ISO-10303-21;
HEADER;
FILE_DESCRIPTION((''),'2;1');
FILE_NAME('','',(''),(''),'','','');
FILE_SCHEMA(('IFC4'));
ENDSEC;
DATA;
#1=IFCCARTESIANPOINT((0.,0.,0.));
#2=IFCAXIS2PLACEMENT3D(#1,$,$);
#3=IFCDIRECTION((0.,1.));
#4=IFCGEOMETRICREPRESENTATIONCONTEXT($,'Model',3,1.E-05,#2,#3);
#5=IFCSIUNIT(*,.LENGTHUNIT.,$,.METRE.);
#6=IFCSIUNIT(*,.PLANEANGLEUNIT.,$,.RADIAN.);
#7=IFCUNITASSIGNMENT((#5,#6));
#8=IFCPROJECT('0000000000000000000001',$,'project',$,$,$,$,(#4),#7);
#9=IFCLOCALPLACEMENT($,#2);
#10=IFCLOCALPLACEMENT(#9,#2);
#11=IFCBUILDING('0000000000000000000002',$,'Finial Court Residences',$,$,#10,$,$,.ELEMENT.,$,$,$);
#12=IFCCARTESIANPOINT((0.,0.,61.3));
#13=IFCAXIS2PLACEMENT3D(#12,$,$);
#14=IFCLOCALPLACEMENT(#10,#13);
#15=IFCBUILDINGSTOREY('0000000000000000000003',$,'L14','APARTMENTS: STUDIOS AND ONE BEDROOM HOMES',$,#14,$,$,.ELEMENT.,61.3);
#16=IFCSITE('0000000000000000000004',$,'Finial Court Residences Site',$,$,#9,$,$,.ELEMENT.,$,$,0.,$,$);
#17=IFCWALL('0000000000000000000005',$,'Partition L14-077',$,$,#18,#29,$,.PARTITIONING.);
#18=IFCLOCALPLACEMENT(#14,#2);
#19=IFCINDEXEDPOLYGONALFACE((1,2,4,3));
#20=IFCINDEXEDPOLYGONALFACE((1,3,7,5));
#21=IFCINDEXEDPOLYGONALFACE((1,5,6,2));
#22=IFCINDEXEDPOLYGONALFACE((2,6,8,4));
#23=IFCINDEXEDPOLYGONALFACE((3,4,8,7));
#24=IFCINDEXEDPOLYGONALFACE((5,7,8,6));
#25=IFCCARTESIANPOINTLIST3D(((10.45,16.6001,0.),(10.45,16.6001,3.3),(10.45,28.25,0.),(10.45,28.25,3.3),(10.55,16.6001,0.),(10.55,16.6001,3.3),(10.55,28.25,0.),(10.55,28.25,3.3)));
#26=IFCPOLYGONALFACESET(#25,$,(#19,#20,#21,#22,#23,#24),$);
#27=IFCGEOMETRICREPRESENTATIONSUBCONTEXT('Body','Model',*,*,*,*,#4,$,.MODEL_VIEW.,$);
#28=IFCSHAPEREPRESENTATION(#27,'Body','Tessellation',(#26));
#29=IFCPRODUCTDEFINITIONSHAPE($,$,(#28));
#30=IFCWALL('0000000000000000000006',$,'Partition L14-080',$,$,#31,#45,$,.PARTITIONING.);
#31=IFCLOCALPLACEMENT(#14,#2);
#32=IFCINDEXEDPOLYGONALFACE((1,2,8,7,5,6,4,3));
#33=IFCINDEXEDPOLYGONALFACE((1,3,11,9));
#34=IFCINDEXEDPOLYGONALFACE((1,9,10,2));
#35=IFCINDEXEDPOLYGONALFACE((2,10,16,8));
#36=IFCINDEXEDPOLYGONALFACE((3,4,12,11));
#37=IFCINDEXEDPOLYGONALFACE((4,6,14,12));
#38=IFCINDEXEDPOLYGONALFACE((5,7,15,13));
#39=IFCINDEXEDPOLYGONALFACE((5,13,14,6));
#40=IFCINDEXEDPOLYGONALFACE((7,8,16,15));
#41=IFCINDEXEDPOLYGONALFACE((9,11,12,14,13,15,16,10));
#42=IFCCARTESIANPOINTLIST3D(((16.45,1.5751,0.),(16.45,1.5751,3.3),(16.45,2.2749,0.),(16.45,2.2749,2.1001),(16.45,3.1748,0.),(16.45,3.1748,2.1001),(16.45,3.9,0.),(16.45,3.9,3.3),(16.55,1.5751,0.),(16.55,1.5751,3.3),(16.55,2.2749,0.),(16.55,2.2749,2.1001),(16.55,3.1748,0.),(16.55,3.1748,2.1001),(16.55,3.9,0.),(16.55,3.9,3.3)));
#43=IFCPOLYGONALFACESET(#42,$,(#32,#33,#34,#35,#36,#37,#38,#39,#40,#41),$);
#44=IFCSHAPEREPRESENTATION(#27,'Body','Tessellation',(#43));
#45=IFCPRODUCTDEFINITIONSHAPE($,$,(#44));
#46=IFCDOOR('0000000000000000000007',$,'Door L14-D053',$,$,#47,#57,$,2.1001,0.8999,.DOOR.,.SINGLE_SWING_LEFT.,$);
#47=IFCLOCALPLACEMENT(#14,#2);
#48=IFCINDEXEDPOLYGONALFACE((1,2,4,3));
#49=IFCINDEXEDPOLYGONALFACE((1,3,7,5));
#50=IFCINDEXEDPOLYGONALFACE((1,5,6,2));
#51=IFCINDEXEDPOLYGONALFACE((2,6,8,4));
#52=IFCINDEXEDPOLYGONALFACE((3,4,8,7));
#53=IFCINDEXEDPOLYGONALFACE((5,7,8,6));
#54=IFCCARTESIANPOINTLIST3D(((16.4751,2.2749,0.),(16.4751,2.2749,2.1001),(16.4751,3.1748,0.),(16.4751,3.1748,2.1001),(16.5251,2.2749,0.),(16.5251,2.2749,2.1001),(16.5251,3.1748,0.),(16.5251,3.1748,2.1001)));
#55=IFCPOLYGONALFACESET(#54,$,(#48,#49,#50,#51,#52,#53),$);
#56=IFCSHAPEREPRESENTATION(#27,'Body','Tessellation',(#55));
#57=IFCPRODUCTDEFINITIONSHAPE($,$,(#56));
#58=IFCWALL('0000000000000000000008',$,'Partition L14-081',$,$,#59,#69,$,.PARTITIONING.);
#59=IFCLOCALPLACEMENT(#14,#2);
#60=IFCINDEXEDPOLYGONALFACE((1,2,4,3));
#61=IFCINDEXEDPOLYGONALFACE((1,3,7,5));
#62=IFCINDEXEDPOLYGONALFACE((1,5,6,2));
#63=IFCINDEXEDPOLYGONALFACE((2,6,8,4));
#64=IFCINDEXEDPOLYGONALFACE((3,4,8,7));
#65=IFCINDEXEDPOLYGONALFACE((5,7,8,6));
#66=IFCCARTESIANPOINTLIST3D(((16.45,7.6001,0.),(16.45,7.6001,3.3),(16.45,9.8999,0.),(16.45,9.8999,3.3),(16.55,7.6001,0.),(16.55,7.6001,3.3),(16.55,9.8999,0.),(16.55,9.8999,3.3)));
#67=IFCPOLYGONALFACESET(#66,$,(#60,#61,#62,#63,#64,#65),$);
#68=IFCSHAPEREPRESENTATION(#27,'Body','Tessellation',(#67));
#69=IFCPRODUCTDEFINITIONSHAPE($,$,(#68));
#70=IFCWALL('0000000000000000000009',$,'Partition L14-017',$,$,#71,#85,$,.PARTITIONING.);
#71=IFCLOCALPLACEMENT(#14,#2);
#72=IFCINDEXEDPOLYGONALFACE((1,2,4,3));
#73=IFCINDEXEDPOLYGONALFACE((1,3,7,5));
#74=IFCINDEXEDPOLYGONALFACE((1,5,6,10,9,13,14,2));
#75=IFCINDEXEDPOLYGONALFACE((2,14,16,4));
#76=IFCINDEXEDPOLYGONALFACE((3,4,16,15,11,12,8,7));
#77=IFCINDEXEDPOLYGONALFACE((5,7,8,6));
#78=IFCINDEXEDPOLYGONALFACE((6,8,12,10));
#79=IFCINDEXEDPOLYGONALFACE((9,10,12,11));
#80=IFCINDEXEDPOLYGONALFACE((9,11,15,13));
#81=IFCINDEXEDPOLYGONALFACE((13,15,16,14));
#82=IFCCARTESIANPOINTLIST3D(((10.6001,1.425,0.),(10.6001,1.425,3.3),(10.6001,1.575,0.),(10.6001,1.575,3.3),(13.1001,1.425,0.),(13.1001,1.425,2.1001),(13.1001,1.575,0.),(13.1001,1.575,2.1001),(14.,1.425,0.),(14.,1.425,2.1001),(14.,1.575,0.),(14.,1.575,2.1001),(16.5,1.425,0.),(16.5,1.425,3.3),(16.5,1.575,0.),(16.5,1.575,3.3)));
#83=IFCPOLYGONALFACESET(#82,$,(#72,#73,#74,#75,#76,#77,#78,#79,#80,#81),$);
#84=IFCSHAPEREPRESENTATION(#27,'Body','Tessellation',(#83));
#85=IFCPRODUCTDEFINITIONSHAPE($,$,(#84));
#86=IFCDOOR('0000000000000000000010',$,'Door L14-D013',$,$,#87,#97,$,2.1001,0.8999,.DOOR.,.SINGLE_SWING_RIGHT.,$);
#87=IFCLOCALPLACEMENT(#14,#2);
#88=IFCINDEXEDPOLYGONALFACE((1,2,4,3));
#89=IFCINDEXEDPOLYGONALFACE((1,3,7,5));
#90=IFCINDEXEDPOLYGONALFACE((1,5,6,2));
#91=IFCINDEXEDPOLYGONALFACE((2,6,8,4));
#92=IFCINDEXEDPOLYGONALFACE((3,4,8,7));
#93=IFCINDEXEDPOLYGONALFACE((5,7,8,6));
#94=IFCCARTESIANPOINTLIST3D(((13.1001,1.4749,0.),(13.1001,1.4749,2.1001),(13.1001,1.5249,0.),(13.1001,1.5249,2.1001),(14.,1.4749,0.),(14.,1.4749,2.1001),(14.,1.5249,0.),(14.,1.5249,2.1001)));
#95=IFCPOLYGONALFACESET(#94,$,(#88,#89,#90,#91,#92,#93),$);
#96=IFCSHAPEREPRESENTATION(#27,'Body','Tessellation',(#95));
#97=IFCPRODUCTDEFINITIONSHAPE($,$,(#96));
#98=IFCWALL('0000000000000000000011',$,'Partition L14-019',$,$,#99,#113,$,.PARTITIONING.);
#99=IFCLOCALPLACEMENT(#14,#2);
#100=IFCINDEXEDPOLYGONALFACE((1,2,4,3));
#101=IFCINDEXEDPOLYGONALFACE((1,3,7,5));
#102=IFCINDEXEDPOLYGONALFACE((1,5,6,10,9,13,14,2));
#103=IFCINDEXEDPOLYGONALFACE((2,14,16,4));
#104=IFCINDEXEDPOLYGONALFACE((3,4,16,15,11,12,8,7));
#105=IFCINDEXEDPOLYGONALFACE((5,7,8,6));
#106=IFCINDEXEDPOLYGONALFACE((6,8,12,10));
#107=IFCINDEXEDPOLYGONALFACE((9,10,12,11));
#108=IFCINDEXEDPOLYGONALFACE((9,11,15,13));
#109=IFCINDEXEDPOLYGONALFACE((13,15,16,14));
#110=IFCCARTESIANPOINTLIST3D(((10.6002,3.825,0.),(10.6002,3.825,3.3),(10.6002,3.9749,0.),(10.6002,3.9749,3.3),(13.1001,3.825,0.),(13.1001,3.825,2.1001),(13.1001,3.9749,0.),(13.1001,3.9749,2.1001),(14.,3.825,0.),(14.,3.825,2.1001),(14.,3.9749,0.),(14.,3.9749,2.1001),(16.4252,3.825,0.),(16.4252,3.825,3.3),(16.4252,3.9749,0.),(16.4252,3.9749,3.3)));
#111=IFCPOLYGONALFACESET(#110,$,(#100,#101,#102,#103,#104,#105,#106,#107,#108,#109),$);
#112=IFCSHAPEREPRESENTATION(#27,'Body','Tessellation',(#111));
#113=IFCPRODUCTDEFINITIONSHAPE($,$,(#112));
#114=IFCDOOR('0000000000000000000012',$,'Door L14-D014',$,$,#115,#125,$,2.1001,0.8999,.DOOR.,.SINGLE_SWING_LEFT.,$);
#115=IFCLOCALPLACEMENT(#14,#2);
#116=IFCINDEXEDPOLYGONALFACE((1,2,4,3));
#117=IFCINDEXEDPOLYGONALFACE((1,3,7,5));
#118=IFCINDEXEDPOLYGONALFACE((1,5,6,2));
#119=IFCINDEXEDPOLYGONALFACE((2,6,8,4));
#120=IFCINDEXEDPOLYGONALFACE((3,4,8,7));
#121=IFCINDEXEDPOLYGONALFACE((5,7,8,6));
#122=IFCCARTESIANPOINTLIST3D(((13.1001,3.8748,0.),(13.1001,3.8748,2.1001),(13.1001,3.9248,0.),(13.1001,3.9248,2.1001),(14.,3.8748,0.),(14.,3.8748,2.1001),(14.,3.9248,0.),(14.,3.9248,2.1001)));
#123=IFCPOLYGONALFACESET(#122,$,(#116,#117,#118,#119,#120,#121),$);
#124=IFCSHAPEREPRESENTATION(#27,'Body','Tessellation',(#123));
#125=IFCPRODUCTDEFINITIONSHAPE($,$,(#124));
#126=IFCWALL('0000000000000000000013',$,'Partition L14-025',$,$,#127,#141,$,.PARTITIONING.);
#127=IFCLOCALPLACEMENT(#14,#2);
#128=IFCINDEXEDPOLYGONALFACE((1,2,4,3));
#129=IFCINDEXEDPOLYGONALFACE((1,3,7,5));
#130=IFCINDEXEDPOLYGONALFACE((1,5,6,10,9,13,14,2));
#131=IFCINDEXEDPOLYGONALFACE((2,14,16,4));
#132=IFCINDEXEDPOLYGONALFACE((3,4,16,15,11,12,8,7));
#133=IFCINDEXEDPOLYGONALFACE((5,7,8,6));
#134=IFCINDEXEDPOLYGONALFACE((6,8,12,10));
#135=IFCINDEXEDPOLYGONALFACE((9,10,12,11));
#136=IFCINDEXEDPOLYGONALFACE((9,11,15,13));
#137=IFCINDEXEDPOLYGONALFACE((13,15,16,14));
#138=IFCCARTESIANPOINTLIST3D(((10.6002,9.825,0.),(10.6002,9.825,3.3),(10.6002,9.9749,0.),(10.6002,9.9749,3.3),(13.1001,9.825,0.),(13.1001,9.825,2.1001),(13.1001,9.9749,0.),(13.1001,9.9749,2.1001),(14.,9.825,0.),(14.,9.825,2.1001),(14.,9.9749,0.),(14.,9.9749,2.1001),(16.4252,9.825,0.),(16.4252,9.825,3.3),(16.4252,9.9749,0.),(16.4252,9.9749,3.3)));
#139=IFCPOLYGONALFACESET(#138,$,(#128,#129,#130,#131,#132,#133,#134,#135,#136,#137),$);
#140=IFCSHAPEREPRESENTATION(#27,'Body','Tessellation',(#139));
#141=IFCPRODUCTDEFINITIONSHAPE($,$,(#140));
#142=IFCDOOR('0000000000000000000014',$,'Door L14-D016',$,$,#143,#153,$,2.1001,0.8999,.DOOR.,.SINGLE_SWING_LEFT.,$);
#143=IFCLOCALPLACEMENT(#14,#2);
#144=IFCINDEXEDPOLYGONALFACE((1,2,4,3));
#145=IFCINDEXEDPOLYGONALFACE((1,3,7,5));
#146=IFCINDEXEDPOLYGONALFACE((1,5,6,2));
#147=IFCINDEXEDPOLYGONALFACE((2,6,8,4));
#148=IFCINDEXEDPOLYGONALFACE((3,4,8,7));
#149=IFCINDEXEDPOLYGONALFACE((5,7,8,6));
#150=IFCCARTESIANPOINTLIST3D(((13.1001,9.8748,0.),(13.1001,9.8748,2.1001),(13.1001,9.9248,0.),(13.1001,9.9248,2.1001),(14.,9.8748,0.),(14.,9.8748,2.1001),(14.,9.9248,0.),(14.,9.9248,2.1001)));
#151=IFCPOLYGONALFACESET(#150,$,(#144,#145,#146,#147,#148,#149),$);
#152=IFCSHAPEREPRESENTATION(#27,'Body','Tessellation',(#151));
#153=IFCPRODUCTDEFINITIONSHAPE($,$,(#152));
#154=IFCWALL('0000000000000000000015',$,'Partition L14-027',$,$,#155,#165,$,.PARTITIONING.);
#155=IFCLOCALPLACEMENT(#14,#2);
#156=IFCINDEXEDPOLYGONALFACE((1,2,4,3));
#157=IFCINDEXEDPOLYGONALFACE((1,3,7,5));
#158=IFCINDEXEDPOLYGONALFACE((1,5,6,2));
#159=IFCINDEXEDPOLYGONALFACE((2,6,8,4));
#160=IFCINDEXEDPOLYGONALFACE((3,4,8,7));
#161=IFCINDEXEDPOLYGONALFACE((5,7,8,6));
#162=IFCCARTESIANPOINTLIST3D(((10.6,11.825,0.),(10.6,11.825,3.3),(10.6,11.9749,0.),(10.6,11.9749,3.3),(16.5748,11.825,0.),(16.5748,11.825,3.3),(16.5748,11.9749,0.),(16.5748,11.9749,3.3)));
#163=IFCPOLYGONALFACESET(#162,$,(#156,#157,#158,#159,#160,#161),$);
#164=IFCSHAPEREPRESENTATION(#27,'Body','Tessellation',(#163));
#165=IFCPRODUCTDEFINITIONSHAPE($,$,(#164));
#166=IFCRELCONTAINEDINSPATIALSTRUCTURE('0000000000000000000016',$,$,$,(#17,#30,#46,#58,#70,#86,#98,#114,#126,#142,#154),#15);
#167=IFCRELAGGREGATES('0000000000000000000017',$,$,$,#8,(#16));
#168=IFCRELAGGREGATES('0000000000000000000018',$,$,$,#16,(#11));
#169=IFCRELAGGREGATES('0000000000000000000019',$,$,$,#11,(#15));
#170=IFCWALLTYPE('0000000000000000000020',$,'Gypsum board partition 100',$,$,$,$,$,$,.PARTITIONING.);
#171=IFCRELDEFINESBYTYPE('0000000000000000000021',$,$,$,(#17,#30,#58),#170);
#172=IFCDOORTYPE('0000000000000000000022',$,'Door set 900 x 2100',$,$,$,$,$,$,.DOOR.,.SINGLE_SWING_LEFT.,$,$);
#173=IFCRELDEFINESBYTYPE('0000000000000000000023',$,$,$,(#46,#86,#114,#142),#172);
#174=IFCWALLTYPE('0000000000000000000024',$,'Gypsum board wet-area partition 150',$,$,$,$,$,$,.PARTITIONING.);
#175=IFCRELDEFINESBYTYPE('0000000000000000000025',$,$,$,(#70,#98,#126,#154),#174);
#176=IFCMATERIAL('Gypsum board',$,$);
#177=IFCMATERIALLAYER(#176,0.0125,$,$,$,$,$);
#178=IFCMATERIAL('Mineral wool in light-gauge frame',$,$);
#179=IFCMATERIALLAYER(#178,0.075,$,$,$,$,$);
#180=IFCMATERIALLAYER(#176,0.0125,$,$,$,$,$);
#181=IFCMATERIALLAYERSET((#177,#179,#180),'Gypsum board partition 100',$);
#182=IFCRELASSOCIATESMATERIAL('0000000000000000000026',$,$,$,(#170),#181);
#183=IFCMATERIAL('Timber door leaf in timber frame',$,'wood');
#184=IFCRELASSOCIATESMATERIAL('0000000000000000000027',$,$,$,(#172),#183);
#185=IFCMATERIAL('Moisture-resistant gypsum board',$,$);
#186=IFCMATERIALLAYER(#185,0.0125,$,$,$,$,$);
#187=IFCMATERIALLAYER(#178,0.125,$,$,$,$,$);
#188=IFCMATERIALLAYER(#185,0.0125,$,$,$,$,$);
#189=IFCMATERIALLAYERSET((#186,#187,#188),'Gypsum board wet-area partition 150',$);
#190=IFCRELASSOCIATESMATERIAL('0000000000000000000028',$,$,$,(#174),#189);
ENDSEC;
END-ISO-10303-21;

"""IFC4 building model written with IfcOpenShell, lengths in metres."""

from ifc_helpers import new_model, si_unit, direction, frame, frame_2d, origin, place, context, subcontext, project, spatial, rectangle, extrude, material, layer, layer_set, type_object, element, fill, save


model = new_model("IFC4")

# Units and contexts
model_context = context("Model", 3, precision=1e-05, world=origin(), true_north=direction((0.0, 1.0)))
body_context = subcontext(model_context, "Body", "Model", "MODEL_VIEW")
ifc_project = project(units=[si_unit("LENGTHUNIT", "METRE"), si_unit("PLANEANGLEUNIT", "RADIAN")], contexts=[model_context])

# Site, building, storey
site_placement = place(None, origin())
site = spatial("IfcSite", under=ifc_project, at=site_placement, Name="Finial Court Residences Site", CompositionType="ELEMENT", RefElevation=0.0)
building_placement = place(site_placement, origin())
building = spatial("IfcBuilding", under=site, at=building_placement, Name="Finial Court Residences", CompositionType="ELEMENT")
storey_placement = place(building_placement, frame((0.0, 0.0, 61.3)))
storey = spatial("IfcBuildingStorey", under=building, at=storey_placement, Name="L14", Description="APARTMENTS: STUDIOS AND ONE BEDROOM HOMES", CompositionType="ELEMENT", Elevation=61.3)

# Shared definitions
ifc_material_1 = material(Name="Gypsum board")

# Shared definitions
ifc_layer_1 = layer(ifc_material_1, 0.0125)
ifc_material_2 = material(Name="Mineral wool in light-gauge frame")
ifc_layer_2 = layer(ifc_material_2, 0.075)
ifc_layer_3 = layer(ifc_material_1, 0.0125)
ifc_layer_set_1 = layer_set([ifc_layer_1, ifc_layer_2, ifc_layer_3], Name="Gypsum board partition 100")
wall_type_1 = type_object("IfcWallType", Name="Gypsum board partition 100", PredefinedType="PARTITIONING", material=ifc_layer_set_1)
ifc_material_3 = material(Name="Timber door leaf in timber frame", Category="wood")
door_type = type_object("IfcDoorType", Name="Door set 900 x 2100", OperationType="SINGLE_SWING_LEFT", PredefinedType="DOOR", material=ifc_material_3)

# Wall
wall_1_placement = place(storey_placement, frame((10.5, 16.6001, 0.0), z_axis=(0.0, 0.0, 1.0), x_axis=(0.0, 1.0, 0.0)))
element("IfcWall", 1, at=wall_1_placement, inside=storey, type_object=wall_type_1, Name="Partition L14-077", PredefinedType="PARTITIONING", context=body_context, shape_type="SweptSolid", body=[
    extrude(rectangle(XDim=11.6499, YDim=0.1001, at=frame_2d((5.825, 0.0))), origin(), (0.0, 0.0, 1.0), 3.3),
])

# Wall, opening, door
wall_2_placement = place(storey_placement, frame((16.5, 1.575, 0.0), z_axis=(0.0, 0.0, 1.0), x_axis=(0.0, 1.0, 0.0)))
wall_2 = element("IfcWall", 2, at=wall_2_placement, inside=storey, type_object=wall_type_1, Name="Partition L14-080", PredefinedType="PARTITIONING", context=body_context, shape_type="SweptSolid", body=[
    extrude(rectangle(XDim=2.325, YDim=0.1001, at=frame_2d((1.1626, 0.0))), origin(), (0.0, 0.0, 1.0), 3.3),
])
opening_1_placement = place(wall_2_placement, frame((0.7, 0.0, 0.0)))
opening_1 = element("IfcOpeningElement", 3, at=opening_1_placement, cuts=wall_2, PredefinedType="OPENING", context=body_context, shape_type="SweptSolid", body=[
    extrude(rectangle(XDim=0.8999, YDim=2.1001, at=frame_2d((0.45, 1.05))), frame((0.0, 0.0601, 0.0), z_axis=(0.0, -1.0, 0.0), x_axis=(1.0, 0.0, 0.0)), (0.0, 0.0, 1.0), 0.1201),
])
door_1_placement = place(opening_1_placement, origin())
door_1 = element("IfcDoor", 4, at=door_1_placement, inside=storey, type_object=door_type, Name="Door L14-D053", OperationType="SINGLE_SWING_LEFT", OverallHeight=2.1001, OverallWidth=0.8999, PredefinedType="DOOR", context=body_context, shape_type="SweptSolid", body=[
    extrude(rectangle(XDim=0.8999, YDim=2.1001, at=frame_2d((0.45, 1.05))), frame((0.0, 0.0249, 0.0), z_axis=(0.0, -1.0, 0.0), x_axis=(1.0, 0.0, 0.0)), (0.0, 0.0, 1.0), 0.05),
])
fill(opening_1, door_1)

# Wall
wall_3_placement = place(storey_placement, frame((16.5, 7.6001, 0.0), z_axis=(0.0, 0.0, 1.0), x_axis=(0.0, 1.0, 0.0)))
element("IfcWall", 5, at=wall_3_placement, inside=storey, type_object=wall_type_1, Name="Partition L14-081", PredefinedType="PARTITIONING", context=body_context, shape_type="SweptSolid", body=[
    extrude(rectangle(XDim=2.2998, YDim=0.1001, at=frame_2d((1.1499, 0.0))), origin(), (0.0, 0.0, 1.0), 3.3),
])

# Walls, openings, doors
ifc_material_4 = material(Name="Moisture-resistant gypsum board")
ifc_layer_4 = layer(ifc_material_4, 0.0125)
ifc_layer_5 = layer(ifc_material_2, 0.125)
ifc_layer_6 = layer(ifc_material_4, 0.0125)
ifc_layer_set_2 = layer_set([ifc_layer_4, ifc_layer_5, ifc_layer_6], Name="Gypsum board wet-area partition 150")
wall_type_2 = type_object("IfcWallType", Name="Gypsum board wet-area partition 150", PredefinedType="PARTITIONING", material=ifc_layer_set_2)
wall_4_placement = place(storey_placement, frame((10.6001, 1.5, 0.0), z_axis=(0.0, 0.0, 1.0), x_axis=(1.0, 0.0, 0.0)))
wall_4 = element("IfcWall", 6, at=wall_4_placement, inside=storey, type_object=wall_type_2, Name="Partition L14-017", PredefinedType="PARTITIONING", context=body_context, shape_type="SweptSolid", body=[
    extrude(rectangle(XDim=5.8999, YDim=0.1499, at=frame_2d((2.95, 0.0))), origin(), (0.0, 0.0, 1.0), 3.3),
])
opening_2_placement = place(wall_4_placement, frame((2.5, 0.0, 0.0)))
opening_2 = element("IfcOpeningElement", 7, at=opening_2_placement, cuts=wall_4, PredefinedType="OPENING", context=body_context, shape_type="SweptSolid", body=[
    extrude(rectangle(XDim=0.8999, YDim=2.1001, at=frame_2d((0.45, 1.05))), frame((0.0, 0.085, 0.0), z_axis=(0.0, -1.0, 0.0), x_axis=(1.0, 0.0, 0.0)), (0.0, 0.0, 1.0), 0.1699),
])
door_2_placement = place(opening_2_placement, origin())
door_2 = element("IfcDoor", 8, at=door_2_placement, inside=storey, type_object=door_type, Name="Door L14-D013", OperationType="SINGLE_SWING_RIGHT", OverallHeight=2.1001, OverallWidth=0.8999, PredefinedType="DOOR", context=body_context, shape_type="SweptSolid", body=[
    extrude(rectangle(XDim=0.8999, YDim=2.1001, at=frame_2d((0.45, 1.05))), frame((0.0, 0.0249, 0.0), z_axis=(0.0, -1.0, 0.0), x_axis=(1.0, 0.0, 0.0)), (0.0, 0.0, 1.0), 0.05),
])
fill(opening_2, door_2)
wall_5_placement = place(storey_placement, frame((10.6001, 3.8999, 0.0), z_axis=(0.0, 0.0, 1.0), x_axis=(1.0, 0.0, 0.0)))
wall_5 = element("IfcWall", 9, at=wall_5_placement, inside=storey, type_object=wall_type_2, Name="Partition L14-019", PredefinedType="PARTITIONING", context=body_context, shape_type="SweptSolid", body=[
    extrude(rectangle(XDim=5.825, YDim=0.1499, at=frame_2d((2.9126, 0.0))), origin(), (0.0, 0.0, 1.0), 3.3),
])
opening_3_placement = place(wall_5_placement, frame((2.5, 0.0, 0.0)))
opening_3 = element("IfcOpeningElement", 10, at=opening_3_placement, cuts=wall_5, PredefinedType="OPENING", context=body_context, shape_type="SweptSolid", body=[
    extrude(rectangle(XDim=0.8999, YDim=2.1001, at=frame_2d((0.45, 1.05))), frame((0.0, 0.085, 0.0), z_axis=(0.0, -1.0, 0.0), x_axis=(1.0, 0.0, 0.0)), (0.0, 0.0, 1.0), 0.1699),
])
door_3_placement = place(opening_3_placement, origin())
door_3 = element("IfcDoor", 11, at=door_3_placement, inside=storey, type_object=door_type, Name="Door L14-D014", OperationType="SINGLE_SWING_LEFT", OverallHeight=2.1001, OverallWidth=0.8999, PredefinedType="DOOR", context=body_context, shape_type="SweptSolid", body=[
    extrude(rectangle(XDim=0.8999, YDim=2.1001, at=frame_2d((0.45, 1.05))), frame((0.0, 0.0249, 0.0), z_axis=(0.0, -1.0, 0.0), x_axis=(1.0, 0.0, 0.0)), (0.0, 0.0, 1.0), 0.05),
])
fill(opening_3, door_3)
wall_6_placement = place(storey_placement, frame((10.6001, 9.8999, 0.0), z_axis=(0.0, 0.0, 1.0), x_axis=(1.0, 0.0, 0.0)))
wall_6 = element("IfcWall", 12, at=wall_6_placement, inside=storey, type_object=wall_type_2, Name="Partition L14-025", PredefinedType="PARTITIONING", context=body_context, shape_type="SweptSolid", body=[
    extrude(rectangle(XDim=5.825, YDim=0.1499, at=frame_2d((2.9126, 0.0))), origin(), (0.0, 0.0, 1.0), 3.3),
])
opening_4_placement = place(wall_6_placement, frame((2.5, 0.0, 0.0)))
opening_4 = element("IfcOpeningElement", 13, at=opening_4_placement, cuts=wall_6, PredefinedType="OPENING", context=body_context, shape_type="SweptSolid", body=[
    extrude(rectangle(XDim=0.8999, YDim=2.1001, at=frame_2d((0.45, 1.05))), frame((0.0, 0.085, 0.0), z_axis=(0.0, -1.0, 0.0), x_axis=(1.0, 0.0, 0.0)), (0.0, 0.0, 1.0), 0.1699),
])
door_4_placement = place(opening_4_placement, origin())
door_4 = element("IfcDoor", 14, at=door_4_placement, inside=storey, type_object=door_type, Name="Door L14-D016", OperationType="SINGLE_SWING_LEFT", OverallHeight=2.1001, OverallWidth=0.8999, PredefinedType="DOOR", context=body_context, shape_type="SweptSolid", body=[
    extrude(rectangle(XDim=0.8999, YDim=2.1001, at=frame_2d((0.45, 1.05))), frame((0.0, 0.0249, 0.0), z_axis=(0.0, -1.0, 0.0), x_axis=(1.0, 0.0, 0.0)), (0.0, 0.0, 1.0), 0.05),
])
fill(opening_4, door_4)

# Wall
wall_7_placement = place(storey_placement, frame((10.6001, 11.8999, 0.0), z_axis=(0.0, 0.0, 1.0), x_axis=(1.0, 0.0, 0.0)))
element("IfcWall", 15, at=wall_7_placement, inside=storey, type_object=wall_type_2, Name="Partition L14-027", PredefinedType="PARTITIONING", context=body_context, shape_type="SweptSolid", body=[
    extrude(rectangle(XDim=5.9749, YDim=0.1499, at=frame_2d((2.9873, 0.0))), origin(), (0.0, 0.0, 1.0), 3.3),
])

save(model, "model.ifc")
